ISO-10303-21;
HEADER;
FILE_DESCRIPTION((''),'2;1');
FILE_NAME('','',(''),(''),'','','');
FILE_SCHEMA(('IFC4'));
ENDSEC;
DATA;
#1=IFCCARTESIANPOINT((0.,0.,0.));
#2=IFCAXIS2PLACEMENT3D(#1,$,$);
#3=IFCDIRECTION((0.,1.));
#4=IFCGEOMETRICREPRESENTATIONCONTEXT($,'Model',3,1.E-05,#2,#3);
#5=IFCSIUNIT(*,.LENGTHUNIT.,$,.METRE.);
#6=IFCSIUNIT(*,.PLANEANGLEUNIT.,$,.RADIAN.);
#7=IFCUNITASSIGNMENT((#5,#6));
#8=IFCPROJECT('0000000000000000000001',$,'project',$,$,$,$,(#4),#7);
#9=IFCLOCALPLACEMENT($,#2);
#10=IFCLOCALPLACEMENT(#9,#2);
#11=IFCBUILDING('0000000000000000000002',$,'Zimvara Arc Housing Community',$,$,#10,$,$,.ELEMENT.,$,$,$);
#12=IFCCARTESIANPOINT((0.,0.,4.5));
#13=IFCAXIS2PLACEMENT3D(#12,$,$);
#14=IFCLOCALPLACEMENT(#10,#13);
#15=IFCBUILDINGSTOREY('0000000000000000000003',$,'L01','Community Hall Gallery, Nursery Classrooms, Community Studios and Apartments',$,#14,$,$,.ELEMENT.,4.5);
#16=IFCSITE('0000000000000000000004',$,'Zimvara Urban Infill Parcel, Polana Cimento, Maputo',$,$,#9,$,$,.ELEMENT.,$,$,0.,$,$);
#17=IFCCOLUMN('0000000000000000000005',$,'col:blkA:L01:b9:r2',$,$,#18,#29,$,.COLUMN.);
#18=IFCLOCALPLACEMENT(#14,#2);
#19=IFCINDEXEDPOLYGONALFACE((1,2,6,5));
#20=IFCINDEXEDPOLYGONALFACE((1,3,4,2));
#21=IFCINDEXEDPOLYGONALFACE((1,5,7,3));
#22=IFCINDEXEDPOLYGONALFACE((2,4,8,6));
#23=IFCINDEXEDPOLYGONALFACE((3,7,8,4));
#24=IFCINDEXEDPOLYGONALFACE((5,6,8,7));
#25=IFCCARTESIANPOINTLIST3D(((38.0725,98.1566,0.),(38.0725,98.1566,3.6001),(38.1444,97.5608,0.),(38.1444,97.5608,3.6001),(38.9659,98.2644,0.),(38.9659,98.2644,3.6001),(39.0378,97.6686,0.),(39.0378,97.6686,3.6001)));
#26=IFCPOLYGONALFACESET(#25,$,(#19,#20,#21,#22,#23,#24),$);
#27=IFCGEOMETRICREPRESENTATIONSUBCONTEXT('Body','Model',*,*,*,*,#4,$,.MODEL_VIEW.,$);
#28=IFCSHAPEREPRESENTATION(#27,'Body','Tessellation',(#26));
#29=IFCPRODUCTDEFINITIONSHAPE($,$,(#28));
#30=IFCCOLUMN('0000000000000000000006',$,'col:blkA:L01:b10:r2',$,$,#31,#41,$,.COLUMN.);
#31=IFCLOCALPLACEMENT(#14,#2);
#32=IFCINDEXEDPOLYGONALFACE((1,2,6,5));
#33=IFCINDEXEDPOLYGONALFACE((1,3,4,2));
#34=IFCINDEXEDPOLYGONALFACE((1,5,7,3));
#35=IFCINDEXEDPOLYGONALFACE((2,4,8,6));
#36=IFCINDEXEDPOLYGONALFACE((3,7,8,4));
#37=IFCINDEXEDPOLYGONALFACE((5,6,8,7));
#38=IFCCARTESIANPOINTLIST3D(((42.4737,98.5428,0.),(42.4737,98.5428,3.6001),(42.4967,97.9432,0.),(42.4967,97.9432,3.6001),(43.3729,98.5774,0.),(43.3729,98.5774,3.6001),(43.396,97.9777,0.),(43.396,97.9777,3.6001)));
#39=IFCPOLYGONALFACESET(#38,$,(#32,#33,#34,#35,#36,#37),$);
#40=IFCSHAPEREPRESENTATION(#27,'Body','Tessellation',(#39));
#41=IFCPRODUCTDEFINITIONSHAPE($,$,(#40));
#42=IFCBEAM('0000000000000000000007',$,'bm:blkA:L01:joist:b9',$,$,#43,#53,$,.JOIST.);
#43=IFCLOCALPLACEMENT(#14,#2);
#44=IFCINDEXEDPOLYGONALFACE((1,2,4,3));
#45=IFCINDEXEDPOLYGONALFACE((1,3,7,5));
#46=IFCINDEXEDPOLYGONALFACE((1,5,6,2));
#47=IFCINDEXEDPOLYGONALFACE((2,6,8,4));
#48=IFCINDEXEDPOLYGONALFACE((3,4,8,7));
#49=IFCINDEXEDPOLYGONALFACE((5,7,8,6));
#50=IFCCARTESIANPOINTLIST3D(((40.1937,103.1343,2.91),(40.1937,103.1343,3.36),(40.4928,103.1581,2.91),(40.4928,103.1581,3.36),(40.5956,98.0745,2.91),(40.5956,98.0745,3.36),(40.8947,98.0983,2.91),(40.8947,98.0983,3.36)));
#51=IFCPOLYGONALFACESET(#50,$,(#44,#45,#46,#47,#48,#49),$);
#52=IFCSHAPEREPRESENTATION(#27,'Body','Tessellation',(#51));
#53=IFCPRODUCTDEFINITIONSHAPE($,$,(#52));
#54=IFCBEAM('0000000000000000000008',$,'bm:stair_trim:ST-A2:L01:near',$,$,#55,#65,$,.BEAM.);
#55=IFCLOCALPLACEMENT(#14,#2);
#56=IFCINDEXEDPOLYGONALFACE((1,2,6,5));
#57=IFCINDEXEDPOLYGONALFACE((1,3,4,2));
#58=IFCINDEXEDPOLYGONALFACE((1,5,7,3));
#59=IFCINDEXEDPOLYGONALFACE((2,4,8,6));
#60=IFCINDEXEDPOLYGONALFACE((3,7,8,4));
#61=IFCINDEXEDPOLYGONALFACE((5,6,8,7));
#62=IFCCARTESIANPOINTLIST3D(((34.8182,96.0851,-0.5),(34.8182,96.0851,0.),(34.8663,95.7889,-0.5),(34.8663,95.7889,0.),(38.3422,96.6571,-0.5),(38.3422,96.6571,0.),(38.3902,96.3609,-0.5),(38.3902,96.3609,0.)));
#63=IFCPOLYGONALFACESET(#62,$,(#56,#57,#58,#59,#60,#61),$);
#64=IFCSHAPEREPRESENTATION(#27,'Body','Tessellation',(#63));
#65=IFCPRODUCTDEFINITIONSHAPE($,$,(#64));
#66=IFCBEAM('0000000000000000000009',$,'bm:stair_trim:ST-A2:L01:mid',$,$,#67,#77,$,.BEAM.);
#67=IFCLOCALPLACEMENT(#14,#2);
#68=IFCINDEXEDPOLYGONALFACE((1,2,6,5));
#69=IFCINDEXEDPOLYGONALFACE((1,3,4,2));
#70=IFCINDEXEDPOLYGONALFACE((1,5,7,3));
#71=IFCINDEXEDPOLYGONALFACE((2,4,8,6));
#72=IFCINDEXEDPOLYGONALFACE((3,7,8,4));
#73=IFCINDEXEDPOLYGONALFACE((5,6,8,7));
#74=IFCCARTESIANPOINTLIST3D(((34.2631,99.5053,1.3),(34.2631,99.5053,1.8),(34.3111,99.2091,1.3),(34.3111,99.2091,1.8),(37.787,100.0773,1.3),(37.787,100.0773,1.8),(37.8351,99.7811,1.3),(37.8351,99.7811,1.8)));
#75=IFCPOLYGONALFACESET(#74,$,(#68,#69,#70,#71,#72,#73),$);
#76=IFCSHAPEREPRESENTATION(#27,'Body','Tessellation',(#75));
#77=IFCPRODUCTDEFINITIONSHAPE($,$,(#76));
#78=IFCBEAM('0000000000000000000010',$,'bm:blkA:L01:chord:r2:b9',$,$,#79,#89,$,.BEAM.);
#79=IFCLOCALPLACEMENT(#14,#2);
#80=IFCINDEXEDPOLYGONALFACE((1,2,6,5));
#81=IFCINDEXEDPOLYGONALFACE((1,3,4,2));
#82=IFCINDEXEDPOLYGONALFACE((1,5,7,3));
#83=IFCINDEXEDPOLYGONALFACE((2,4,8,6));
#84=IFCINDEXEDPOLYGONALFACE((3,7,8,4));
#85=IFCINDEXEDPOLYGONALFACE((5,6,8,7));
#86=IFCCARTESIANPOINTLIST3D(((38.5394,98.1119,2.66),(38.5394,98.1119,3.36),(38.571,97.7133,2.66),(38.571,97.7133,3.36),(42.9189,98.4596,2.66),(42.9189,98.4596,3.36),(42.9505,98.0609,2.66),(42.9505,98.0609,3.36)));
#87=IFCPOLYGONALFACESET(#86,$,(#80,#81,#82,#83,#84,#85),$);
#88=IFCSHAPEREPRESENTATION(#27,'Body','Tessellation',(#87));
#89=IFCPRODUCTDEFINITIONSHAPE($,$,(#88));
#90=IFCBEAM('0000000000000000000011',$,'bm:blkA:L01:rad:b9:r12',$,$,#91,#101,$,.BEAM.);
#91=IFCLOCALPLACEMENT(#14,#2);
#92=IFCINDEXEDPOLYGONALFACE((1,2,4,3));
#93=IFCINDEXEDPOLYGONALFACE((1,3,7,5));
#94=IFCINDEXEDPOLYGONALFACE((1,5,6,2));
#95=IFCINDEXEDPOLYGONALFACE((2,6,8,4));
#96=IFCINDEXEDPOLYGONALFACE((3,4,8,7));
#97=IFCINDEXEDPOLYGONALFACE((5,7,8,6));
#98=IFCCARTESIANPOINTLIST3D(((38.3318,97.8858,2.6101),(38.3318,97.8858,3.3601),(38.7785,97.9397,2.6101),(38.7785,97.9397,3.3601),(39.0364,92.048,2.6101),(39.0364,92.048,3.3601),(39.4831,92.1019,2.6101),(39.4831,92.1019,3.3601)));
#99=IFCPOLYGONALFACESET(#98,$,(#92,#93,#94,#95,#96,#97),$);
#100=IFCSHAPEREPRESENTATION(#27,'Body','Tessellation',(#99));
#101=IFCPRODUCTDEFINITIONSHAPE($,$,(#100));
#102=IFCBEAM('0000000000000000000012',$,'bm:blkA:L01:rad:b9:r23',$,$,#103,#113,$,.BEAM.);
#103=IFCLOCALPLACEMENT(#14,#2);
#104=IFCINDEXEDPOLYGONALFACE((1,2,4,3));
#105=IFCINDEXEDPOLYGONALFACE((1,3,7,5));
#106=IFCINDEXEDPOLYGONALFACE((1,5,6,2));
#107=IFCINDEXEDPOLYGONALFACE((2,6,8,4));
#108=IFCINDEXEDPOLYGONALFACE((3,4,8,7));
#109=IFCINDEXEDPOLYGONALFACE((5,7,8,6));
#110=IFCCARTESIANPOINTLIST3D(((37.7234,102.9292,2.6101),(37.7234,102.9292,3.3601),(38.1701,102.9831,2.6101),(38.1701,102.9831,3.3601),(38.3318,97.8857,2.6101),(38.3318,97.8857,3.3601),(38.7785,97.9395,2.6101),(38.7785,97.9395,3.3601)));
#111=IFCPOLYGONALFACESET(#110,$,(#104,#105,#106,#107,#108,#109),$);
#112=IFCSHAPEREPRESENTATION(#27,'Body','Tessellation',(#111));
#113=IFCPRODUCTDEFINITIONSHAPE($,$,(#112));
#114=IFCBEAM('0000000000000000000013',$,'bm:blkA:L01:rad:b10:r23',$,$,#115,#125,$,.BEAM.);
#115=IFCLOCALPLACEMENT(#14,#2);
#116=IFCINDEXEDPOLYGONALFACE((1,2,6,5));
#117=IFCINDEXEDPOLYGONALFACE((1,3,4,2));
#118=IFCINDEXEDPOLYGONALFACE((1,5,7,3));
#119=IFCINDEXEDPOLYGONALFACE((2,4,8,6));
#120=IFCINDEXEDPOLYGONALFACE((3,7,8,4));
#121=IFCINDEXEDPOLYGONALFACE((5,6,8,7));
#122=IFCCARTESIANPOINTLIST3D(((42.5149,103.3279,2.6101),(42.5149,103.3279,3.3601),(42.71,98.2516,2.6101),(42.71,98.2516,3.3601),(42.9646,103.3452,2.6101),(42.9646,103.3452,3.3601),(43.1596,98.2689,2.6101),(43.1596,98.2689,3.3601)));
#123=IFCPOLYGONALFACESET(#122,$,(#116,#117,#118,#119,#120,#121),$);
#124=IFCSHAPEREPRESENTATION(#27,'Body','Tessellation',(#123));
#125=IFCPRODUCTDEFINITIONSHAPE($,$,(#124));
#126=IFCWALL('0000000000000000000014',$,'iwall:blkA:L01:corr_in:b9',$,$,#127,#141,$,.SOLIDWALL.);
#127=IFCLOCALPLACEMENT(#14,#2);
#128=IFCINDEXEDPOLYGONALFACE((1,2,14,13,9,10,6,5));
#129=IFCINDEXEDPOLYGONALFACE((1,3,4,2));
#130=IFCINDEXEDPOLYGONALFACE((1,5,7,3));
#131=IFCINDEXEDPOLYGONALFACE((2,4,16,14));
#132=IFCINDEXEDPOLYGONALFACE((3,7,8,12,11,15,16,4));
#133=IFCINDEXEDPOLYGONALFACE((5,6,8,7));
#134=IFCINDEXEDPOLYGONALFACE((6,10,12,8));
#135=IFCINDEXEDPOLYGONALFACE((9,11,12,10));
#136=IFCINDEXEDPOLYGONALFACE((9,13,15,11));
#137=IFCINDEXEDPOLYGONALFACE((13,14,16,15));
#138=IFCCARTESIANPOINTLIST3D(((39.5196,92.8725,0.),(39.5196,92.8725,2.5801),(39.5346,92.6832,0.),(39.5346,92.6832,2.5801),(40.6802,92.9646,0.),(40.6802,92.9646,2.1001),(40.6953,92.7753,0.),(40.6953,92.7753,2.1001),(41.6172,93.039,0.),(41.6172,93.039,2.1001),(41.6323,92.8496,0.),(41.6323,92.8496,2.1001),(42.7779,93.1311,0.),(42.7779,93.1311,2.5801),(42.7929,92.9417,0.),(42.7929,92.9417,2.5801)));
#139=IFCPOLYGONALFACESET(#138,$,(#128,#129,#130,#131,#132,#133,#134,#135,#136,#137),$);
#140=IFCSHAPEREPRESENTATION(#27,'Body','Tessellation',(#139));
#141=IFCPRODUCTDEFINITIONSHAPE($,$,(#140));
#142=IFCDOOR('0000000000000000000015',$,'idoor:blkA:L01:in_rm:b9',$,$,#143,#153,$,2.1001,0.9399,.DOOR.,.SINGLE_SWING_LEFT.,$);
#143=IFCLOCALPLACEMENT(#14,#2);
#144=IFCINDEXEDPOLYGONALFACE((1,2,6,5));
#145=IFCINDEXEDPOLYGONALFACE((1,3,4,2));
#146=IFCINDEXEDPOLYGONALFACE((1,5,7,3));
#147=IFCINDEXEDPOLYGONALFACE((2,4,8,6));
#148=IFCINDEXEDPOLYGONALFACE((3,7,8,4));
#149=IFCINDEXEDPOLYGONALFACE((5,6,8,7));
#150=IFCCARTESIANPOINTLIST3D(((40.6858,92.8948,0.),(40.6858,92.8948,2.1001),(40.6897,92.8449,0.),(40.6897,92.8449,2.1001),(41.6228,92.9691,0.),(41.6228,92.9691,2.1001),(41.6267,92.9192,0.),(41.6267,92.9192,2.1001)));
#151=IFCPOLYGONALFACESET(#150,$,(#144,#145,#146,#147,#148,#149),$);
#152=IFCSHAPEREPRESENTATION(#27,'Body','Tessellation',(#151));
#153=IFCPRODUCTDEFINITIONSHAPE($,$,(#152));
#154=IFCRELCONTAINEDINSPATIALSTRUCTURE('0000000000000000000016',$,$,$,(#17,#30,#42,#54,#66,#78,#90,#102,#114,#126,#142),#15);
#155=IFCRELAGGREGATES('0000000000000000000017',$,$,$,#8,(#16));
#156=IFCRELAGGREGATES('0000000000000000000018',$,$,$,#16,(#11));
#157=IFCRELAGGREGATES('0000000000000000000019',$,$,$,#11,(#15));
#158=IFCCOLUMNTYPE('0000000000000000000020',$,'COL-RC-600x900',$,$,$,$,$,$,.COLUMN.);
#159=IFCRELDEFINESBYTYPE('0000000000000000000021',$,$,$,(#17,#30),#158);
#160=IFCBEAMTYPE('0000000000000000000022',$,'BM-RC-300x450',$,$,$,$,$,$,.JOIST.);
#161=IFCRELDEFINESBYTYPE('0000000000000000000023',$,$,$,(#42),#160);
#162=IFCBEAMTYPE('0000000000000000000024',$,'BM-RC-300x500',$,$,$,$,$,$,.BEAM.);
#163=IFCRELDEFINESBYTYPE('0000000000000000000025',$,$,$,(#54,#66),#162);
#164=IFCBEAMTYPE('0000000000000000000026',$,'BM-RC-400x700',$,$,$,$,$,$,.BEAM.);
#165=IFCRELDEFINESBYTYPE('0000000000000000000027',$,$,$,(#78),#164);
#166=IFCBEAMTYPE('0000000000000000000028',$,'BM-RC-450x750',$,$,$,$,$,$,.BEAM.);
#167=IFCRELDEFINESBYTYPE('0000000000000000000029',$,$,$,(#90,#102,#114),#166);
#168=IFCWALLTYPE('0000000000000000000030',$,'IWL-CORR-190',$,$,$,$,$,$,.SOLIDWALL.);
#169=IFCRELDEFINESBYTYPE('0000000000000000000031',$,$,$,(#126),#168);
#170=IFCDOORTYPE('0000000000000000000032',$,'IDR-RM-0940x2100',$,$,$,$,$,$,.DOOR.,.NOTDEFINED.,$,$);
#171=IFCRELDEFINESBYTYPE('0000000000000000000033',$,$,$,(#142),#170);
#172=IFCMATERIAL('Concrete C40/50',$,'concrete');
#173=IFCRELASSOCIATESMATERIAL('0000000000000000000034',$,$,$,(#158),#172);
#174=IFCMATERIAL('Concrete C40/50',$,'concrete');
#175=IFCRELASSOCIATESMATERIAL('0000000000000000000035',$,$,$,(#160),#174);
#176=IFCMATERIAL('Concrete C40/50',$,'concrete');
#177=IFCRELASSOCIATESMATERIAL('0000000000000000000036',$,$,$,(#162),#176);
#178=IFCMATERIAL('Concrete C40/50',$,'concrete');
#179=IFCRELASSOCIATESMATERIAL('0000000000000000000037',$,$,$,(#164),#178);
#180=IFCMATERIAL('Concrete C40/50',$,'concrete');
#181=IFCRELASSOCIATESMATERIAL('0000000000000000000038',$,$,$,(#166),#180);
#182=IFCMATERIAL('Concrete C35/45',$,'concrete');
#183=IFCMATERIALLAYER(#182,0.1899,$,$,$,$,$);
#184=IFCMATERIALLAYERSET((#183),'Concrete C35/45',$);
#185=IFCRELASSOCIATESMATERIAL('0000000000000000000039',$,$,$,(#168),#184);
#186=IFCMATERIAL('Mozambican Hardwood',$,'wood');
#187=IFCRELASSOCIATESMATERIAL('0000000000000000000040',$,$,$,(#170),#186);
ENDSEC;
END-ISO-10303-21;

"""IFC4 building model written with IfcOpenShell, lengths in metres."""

from ifc_helpers import new_model, si_unit, direction, frame, frame_2d, origin, origin_2d, place, context, subcontext, project, spatial, rectangle, extrude, material, layer, layer_set, material_profile, profile_set, type_object, element, fill, save


model = new_model("IFC4")

# Units and contexts
model_context = context("Model", 3, precision=1e-05, world=origin(), true_north=direction((0.0, 1.0)))
body_context = subcontext(model_context, "Body", "Model", "MODEL_VIEW")
ifc_project = project(units=[si_unit("LENGTHUNIT", "METRE"), si_unit("PLANEANGLEUNIT", "RADIAN")], contexts=[model_context])

# Site, building, storey
site_placement = place(None, origin())
site = spatial("IfcSite", under=ifc_project, at=site_placement, Name="Zimvara Urban Infill Parcel, Polana Cimento, Maputo", CompositionType="ELEMENT", RefElevation=0.0)
building_placement = place(site_placement, origin())
building = spatial("IfcBuilding", under=site, at=building_placement, Name="Zimvara Arc Housing Community", CompositionType="ELEMENT")
storey_placement = place(building_placement, frame((0.0, 0.0, 4.5)))
storey = spatial("IfcBuildingStorey", under=building, at=storey_placement, Name="L01", Description="Community Hall Gallery, Nursery Classrooms, Community Studios and Apartments", CompositionType="ELEMENT", Elevation=4.5)

# Columns
ifc_material_1 = material(Name="Concrete C40/50", Category="concrete")
ifc_material_profile_1 = material_profile(ifc_material_1, rectangle(XDim=0.6001, YDim=0.8999, at=origin_2d()), Name="RC 600x900")
ifc_profile_set_1 = profile_set([ifc_material_profile_1], Name="Concrete C40/50")
column_type = type_object("IfcColumnType", Name="COL-RC-600x900", PredefinedType="COLUMN", material=ifc_profile_set_1)
for number, where, z_axis, x_axis, name in (
    (1, (38.5552, 97.9126, 0.0), (0.0, 0.0, 1.0), (-0.11979, 0.992799, 0.0), "col:blkA:L01:b9:r2"),
    (2, (42.9348, 98.2603, 0.0), (0.0, 0.0, 1.0), (-0.038388, 0.999263, 0.0), "col:blkA:L01:b10:r2"),
):
    element("IfcColumn", number, at=place(storey_placement, frame(where, z_axis=z_axis, x_axis=x_axis)), inside=storey, type_object=column_type, Name=name, PredefinedType="COLUMN", context=body_context, shape_type="SweptSolid", body=[
        extrude(rectangle(XDim=0.6001, YDim=0.8999, at=origin_2d()), origin(), (0.0, 0.0, 1.0), 3.6001),
    ])

# Beams
ifc_material_2 = material(Name="Concrete C40/50", Category="concrete")
ifc_material_profile_2 = material_profile(ifc_material_2, rectangle(XDim=0.3, YDim=0.45, at=origin_2d()), Name="RC 300x450")
ifc_profile_set_2 = profile_set([ifc_material_profile_2], Name="Concrete C40/50")
beam_type_1 = type_object("IfcBeamType", Name="BM-RC-300x450", PredefinedType="JOIST", material=ifc_profile_set_2)
beam_1_placement = place(storey_placement, frame((40.7451, 98.0864, 3.135), z_axis=(-0.079172, 0.996861, 0.0), x_axis=(-0.996861, -0.079172, 0.0)))
element("IfcBeam", 3, at=beam_1_placement, inside=storey, type_object=beam_type_1, Name="bm:blkA:L01:joist:b9", PredefinedType="JOIST", context=body_context, shape_type="SweptSolid", body=[
    extrude(rectangle(XDim=0.3, YDim=0.45, at=origin_2d()), origin(), (0.0, 0.0, 1.0), 5.0757),
])
ifc_material_3 = material(Name="Concrete C40/50", Category="concrete")
ifc_material_profile_3 = material_profile(ifc_material_3, rectangle(XDim=0.3, YDim=0.5, at=origin_2d()), Name="RC 300x500")
ifc_profile_set_3 = profile_set([ifc_material_profile_3], Name="Concrete C40/50")
beam_type_2 = type_object("IfcBeamType", Name="BM-RC-300x500", PredefinedType="BEAM", material=ifc_profile_set_3)
for number, where, z_axis, x_axis, name in (
    (4, (38.3662, 96.509, -0.25), (-0.98708, -0.160228, 0.0), (0.160228, -0.98708, 0.0), "bm:stair_trim:ST-A2:L01:near"),
    (5, (37.811, 99.9292, 1.55), (-0.98708, -0.160228, 0.0), (0.160228, -0.98708, 0.0), "bm:stair_trim:ST-A2:L01:mid"),
):
    element("IfcBeam", number, at=place(storey_placement, frame(where, z_axis=z_axis, x_axis=x_axis)), inside=storey, type_object=beam_type_2, Name=name, PredefinedType="BEAM", context=body_context, shape_type="SweptSolid", body=[
        extrude(rectangle(XDim=0.3, YDim=0.5, at=origin_2d()), origin(), (0.0, 0.0, 1.0), 3.5701),
    ])
ifc_material_4 = material(Name="Concrete C40/50", Category="concrete")
ifc_material_profile_4 = material_profile(ifc_material_4, rectangle(XDim=0.3999, YDim=0.7, at=origin_2d()), Name="RC 400x700")
ifc_profile_set_4 = profile_set([ifc_material_profile_4], Name="Concrete C40/50")
beam_type_3 = type_object("IfcBeamType", Name="BM-RC-400x700", PredefinedType="BEAM", material=ifc_profile_set_4)
beam_2_placement = place(storey_placement, frame((38.5552, 97.9126, 3.01), z_axis=(0.996864, 0.079131, 0.0), x_axis=(-0.079131, 0.996864, 0.0)))
element("IfcBeam", 6, at=beam_2_placement, inside=storey, type_object=beam_type_3, Name="bm:blkA:L01:chord:r2:b9", PredefinedType="BEAM", context=body_context, shape_type="SweptSolid", body=[
    extrude(rectangle(XDim=0.3999, YDim=0.7, at=origin_2d()), origin(), (0.0, 0.0, 1.0), 4.3933),
])
ifc_material_5 = material(Name="Concrete C40/50", Category="concrete")
ifc_material_profile_5 = material_profile(ifc_material_5, rectangle(XDim=0.45, YDim=0.75, at=origin_2d()), Name="RC 450x750")
ifc_profile_set_5 = profile_set([ifc_material_profile_5], Name="Concrete C40/50")
beam_type_4 = type_object("IfcBeamType", Name="BM-RC-450x750", PredefinedType="BEAM", material=ifc_profile_set_5)
beam_3_placement = place(storey_placement, frame((39.2598, 92.075, 2.9851), z_axis=(-0.119828, 0.992795, 0.0), x_axis=(-0.992795, -0.119828, 0.0)))
element("IfcBeam", 7, at=beam_3_placement, inside=storey, type_object=beam_type_4, Name="bm:blkA:L01:rad:b9:r12", PredefinedType="BEAM", context=body_context, shape_type="SweptSolid", body=[
    extrude(rectangle(XDim=0.45, YDim=0.75, at=origin_2d()), origin(), (0.0, 0.0, 1.0), 5.8801),
])
for number, where, z_axis, x_axis, name in (
    (8, (38.5552, 97.9126, 2.9851), (-0.119763, 0.992803, 0.0), (-0.992803, -0.119763, 0.0), "bm:blkA:L01:rad:b9:r23"),
    (9, (42.9348, 98.2603, 2.9851), (-0.038398, 0.999263, 0.0), (-0.999263, -0.038398, 0.0), "bm:blkA:L01:rad:b10:r23"),
):
    element("IfcBeam", number, at=place(storey_placement, frame(where, z_axis=z_axis, x_axis=x_axis)), inside=storey, type_object=beam_type_4, Name=name, PredefinedType="BEAM", context=body_context, shape_type="SweptSolid", body=[
        extrude(rectangle(XDim=0.45, YDim=0.75, at=origin_2d()), origin(), (0.0, 0.0, 1.0), 5.0801),
    ])

# Wall, opening, door
ifc_material_6 = material(Name="Concrete C35/45", Category="concrete")
ifc_layer_1 = layer(ifc_material_6, 0.1899)
ifc_layer_set_1 = layer_set([ifc_layer_1], Name="Concrete C35/45")
wall_type_1 = type_object("IfcWallType", Name="IWL-CORR-190", PredefinedType="SOLIDWALL", material=ifc_layer_set_1)
wall_1_placement = place(storey_placement, frame((39.5271, 92.7778, 0.0), z_axis=(0.0, 0.0, 1.0), x_axis=(0.996867, 0.079101, 0.0)))
wall_1 = element("IfcWall", 10, at=wall_1_placement, inside=storey, type_object=wall_type_1, Name="iwall:blkA:L01:corr_in:b9", PredefinedType="SOLIDWALL", context=body_context, shape_type="SweptSolid", body=[
    extrude(rectangle(XDim=3.2686, YDim=0.1899, at=frame_2d((1.6343, 0.0))), origin(), (0.0, 0.0, 1.0), 2.5801),
])
opening_1_placement = place(wall_1_placement, frame((1.1643, 0.0, 0.0)))
opening_1 = element("IfcOpeningElement", 11, at=opening_1_placement, cuts=wall_1, PredefinedType="OPENING", context=body_context, shape_type="SweptSolid", body=[
    extrude(rectangle(XDim=0.9399, YDim=2.1001, at=frame_2d((0.47, 1.05))), frame((0.0, 0.105, 0.0), z_axis=(0.0, -1.0, 0.0), x_axis=(1.0, 0.0, 0.0)), (0.0, 0.0, 1.0), 0.21),
])
ifc_material_7 = material(Name="Mozambican Hardwood", Category="wood")
door_type_1 = type_object("IfcDoorType", Name="IDR-RM-0940x2100", OperationType="NOTDEFINED", PredefinedType="DOOR", material=ifc_material_7)
door_1_placement = place(opening_1_placement, origin())
door_1 = element("IfcDoor", 12, at=door_1_placement, inside=storey, type_object=door_type_1, Name="idoor:blkA:L01:in_rm:b9", OperationType="SINGLE_SWING_LEFT", OverallHeight=2.1001, OverallWidth=0.9399, PredefinedType="DOOR", context=body_context, shape_type="SweptSolid", body=[
    extrude(rectangle(XDim=0.9399, YDim=2.1001, at=frame_2d((0.47, 1.05))), frame((0.0, 0.0249, 0.0), z_axis=(0.0, -1.0, 0.0), x_axis=(1.0, 0.0, 0.0)), (0.0, 0.0, 1.0), 0.05),
])
fill(opening_1, door_1)

save(model, "model.ifc")
